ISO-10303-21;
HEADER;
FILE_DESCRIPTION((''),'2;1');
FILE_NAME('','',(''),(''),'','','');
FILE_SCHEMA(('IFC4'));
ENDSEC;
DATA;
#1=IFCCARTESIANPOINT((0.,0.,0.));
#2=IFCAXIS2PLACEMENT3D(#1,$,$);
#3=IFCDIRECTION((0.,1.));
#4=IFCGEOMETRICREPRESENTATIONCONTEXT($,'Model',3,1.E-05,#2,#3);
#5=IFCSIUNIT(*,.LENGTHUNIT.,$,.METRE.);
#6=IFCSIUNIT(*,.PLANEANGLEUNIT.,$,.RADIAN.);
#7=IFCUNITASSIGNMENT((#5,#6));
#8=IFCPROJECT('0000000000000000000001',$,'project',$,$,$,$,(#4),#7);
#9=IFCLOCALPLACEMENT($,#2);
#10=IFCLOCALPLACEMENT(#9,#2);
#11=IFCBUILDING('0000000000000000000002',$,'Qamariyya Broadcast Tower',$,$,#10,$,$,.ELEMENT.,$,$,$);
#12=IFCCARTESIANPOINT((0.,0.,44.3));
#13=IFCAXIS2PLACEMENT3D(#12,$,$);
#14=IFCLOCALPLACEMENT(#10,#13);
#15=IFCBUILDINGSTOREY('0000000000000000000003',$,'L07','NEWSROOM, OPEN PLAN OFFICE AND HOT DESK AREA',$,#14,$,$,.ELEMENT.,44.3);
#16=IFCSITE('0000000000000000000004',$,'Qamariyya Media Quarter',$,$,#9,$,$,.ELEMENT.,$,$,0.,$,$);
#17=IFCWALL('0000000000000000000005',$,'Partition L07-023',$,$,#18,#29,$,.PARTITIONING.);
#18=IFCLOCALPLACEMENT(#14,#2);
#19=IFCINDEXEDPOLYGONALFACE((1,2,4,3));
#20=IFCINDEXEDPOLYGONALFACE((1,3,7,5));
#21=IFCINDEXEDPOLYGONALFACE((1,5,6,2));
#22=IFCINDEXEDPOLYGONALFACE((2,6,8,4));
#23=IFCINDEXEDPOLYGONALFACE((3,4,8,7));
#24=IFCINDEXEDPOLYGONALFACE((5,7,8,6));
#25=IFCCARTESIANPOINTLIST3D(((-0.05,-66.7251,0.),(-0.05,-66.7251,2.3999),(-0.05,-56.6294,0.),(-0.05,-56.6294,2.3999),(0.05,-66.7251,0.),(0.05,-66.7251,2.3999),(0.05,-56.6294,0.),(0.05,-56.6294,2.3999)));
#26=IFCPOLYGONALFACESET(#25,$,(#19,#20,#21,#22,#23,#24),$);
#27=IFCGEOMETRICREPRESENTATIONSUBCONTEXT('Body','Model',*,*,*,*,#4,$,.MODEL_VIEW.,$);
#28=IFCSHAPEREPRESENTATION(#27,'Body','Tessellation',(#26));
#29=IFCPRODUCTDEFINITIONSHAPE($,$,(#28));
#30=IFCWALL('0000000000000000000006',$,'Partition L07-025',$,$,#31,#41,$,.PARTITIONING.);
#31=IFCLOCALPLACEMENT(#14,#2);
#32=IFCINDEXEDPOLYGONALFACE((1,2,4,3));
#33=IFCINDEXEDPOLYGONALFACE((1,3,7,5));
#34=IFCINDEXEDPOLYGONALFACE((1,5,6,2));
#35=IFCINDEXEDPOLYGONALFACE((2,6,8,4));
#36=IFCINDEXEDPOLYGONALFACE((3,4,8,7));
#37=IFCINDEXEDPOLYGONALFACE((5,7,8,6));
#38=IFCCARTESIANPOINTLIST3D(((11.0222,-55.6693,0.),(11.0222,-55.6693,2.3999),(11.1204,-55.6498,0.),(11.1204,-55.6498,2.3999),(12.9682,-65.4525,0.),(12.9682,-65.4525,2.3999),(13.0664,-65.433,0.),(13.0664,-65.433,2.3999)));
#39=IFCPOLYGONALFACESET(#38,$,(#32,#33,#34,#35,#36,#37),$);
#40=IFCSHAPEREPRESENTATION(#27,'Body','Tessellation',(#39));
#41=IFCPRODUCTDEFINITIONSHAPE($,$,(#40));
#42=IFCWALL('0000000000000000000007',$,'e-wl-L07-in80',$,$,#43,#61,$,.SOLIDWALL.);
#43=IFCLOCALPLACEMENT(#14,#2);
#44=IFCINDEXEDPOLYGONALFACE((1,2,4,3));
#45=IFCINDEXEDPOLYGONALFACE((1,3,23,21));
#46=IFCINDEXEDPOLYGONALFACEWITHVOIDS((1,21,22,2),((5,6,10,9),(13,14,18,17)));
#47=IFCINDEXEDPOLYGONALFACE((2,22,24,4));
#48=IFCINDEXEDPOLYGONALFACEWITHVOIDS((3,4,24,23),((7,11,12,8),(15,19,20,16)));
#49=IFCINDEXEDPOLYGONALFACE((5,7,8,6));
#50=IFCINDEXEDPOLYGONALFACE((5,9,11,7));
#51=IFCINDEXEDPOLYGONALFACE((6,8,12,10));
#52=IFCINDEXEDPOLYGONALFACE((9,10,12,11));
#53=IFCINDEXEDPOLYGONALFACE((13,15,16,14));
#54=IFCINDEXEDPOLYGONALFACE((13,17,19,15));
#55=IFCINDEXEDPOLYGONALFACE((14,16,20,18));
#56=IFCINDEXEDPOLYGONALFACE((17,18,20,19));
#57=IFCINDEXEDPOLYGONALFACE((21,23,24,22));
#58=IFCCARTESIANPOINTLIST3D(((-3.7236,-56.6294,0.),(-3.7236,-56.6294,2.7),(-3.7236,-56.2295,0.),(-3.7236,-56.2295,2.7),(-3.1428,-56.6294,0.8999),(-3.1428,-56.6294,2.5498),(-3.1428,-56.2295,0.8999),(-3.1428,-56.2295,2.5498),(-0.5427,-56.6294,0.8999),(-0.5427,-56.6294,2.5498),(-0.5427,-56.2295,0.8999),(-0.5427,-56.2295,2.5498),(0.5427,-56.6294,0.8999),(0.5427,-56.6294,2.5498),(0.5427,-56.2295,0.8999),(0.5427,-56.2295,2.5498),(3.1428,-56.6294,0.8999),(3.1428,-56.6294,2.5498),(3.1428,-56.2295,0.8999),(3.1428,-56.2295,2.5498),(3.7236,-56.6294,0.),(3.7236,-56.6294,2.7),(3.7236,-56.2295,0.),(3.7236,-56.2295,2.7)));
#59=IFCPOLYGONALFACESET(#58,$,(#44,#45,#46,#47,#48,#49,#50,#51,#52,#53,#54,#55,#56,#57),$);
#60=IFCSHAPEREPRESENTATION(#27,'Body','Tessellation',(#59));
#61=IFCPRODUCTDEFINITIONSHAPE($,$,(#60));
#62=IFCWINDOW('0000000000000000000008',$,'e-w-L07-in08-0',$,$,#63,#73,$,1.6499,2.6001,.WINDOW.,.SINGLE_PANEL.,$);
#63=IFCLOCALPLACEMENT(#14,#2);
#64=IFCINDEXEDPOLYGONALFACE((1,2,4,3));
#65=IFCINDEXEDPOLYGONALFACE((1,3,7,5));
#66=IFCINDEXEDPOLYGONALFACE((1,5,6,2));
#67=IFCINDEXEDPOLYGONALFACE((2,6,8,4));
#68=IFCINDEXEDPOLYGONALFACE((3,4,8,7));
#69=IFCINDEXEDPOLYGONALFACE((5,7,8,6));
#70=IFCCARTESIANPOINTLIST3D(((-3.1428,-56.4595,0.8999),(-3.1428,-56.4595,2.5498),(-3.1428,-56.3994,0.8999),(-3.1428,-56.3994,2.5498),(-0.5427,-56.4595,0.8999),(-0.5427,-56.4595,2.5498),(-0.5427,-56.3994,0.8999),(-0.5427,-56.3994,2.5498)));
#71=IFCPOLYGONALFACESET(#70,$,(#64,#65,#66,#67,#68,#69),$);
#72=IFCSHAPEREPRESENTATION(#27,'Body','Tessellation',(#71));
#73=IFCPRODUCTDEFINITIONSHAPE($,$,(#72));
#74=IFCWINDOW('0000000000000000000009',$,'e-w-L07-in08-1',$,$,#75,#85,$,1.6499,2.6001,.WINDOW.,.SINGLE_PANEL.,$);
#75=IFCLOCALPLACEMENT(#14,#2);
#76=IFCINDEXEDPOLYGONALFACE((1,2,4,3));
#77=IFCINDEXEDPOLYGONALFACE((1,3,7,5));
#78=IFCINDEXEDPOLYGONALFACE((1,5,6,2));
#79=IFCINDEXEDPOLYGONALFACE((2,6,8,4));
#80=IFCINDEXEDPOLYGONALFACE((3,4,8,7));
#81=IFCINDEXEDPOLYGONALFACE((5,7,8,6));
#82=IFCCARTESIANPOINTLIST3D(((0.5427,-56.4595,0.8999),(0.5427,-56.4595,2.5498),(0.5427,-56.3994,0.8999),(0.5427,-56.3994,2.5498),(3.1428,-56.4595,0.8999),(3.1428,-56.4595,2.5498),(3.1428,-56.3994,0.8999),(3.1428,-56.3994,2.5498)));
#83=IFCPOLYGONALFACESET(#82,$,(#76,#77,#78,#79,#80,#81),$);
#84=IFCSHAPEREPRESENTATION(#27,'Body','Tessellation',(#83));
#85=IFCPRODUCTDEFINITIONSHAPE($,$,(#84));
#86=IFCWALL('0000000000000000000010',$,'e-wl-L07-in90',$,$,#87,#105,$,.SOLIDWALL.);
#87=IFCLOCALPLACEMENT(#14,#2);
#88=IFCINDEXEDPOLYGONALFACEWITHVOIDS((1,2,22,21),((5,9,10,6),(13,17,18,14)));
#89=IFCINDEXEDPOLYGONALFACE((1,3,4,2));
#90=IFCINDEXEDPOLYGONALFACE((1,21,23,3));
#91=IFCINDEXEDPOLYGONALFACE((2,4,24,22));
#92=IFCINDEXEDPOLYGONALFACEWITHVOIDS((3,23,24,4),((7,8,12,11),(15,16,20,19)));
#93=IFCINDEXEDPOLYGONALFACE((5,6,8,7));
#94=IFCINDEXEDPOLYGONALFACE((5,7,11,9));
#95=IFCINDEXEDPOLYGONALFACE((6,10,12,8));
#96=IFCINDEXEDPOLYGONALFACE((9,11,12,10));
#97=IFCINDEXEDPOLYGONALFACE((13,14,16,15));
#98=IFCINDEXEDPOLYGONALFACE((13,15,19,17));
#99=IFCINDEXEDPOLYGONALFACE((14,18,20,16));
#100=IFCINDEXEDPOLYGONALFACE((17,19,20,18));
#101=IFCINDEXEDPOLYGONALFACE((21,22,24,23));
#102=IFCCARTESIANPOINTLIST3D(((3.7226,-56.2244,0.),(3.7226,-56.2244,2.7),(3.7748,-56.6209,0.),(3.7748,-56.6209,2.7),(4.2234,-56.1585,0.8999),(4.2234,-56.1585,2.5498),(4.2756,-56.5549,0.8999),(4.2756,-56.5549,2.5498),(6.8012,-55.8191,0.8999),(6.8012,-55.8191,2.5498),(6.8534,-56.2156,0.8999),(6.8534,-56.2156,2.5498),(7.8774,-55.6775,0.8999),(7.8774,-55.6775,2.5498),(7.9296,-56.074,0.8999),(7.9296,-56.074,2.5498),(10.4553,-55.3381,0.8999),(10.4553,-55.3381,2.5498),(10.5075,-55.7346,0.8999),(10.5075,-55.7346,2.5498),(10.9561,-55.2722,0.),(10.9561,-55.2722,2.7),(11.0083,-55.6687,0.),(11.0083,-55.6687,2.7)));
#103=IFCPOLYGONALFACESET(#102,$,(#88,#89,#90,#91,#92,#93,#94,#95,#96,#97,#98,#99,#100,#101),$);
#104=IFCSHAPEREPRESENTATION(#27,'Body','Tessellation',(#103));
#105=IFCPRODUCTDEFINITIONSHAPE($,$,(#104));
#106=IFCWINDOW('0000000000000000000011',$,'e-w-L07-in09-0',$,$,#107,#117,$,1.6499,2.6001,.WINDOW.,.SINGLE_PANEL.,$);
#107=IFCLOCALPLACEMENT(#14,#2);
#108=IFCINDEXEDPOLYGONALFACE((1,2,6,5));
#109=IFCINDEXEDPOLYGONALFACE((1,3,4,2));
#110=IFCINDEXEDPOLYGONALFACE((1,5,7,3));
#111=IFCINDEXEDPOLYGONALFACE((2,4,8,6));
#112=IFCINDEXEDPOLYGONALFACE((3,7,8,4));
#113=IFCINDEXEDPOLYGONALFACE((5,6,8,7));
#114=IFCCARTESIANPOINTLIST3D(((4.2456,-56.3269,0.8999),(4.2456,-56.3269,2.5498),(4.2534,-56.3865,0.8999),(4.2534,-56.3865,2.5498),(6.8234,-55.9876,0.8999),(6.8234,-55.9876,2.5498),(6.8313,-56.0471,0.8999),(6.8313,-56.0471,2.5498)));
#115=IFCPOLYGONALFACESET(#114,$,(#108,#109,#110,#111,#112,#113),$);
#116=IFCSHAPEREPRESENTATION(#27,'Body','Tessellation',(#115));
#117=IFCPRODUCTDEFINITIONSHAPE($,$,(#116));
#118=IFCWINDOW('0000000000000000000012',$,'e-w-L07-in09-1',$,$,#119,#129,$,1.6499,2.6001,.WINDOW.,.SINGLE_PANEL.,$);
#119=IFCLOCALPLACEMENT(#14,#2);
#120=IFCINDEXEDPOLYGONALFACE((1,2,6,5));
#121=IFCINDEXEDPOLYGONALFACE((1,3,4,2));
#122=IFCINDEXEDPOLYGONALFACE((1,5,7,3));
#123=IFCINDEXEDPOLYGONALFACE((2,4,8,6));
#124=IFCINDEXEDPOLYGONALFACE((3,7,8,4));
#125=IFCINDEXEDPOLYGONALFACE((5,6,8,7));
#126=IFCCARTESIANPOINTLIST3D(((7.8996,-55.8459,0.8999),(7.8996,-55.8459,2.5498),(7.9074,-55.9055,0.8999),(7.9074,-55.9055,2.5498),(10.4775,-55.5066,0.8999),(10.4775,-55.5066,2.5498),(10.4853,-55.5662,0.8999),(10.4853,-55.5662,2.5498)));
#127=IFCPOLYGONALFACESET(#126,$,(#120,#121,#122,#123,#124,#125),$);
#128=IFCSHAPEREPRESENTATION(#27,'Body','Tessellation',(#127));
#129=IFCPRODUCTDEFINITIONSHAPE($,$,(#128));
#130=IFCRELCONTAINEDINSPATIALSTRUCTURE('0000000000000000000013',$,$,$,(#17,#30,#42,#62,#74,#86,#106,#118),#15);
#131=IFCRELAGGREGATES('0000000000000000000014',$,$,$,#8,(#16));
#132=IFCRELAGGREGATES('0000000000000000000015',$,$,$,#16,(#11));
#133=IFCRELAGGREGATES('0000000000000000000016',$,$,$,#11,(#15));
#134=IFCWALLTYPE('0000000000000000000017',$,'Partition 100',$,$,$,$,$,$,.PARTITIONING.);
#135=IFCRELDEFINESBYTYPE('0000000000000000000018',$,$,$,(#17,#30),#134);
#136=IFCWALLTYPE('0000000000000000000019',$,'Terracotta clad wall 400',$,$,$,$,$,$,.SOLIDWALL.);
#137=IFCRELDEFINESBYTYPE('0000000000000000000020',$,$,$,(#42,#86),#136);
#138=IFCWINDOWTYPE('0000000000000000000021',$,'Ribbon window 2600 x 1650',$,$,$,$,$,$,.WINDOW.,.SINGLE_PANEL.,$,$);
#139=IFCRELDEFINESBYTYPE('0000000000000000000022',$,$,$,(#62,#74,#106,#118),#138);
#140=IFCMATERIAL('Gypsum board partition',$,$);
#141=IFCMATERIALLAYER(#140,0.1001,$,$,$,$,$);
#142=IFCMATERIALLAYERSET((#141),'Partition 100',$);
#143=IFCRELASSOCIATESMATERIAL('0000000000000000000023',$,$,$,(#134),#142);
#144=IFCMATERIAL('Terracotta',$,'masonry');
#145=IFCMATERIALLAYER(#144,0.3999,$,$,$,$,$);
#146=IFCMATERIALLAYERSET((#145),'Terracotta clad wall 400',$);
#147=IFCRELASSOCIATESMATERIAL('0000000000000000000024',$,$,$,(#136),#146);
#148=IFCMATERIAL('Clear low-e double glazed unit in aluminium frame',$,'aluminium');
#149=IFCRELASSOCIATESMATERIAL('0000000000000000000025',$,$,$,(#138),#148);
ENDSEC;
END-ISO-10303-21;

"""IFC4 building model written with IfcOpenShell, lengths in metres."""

from ifc_helpers import new_model, si_unit, direction, frame, frame_2d, origin, place, context, subcontext, project, spatial, rectangle, extrude, material, layer, layer_set, type_object, element, fill, save


model = new_model("IFC4")

# Units and contexts
model_context = context("Model", 3, precision=1e-05, world=origin(), true_north=direction((0.0, 1.0)))
body_context = subcontext(model_context, "Body", "Model", "MODEL_VIEW")
ifc_project = project(units=[si_unit("LENGTHUNIT", "METRE"), si_unit("PLANEANGLEUNIT", "RADIAN")], contexts=[model_context])

# Site, building, storey
site_placement = place(None, origin())
site = spatial("IfcSite", under=ifc_project, at=site_placement, Name="Qamariyya Media Quarter", CompositionType="ELEMENT", RefElevation=0.0)
building_placement = place(site_placement, origin())
building = spatial("IfcBuilding", under=site, at=building_placement, Name="Qamariyya Broadcast Tower", CompositionType="ELEMENT")
storey_placement = place(building_placement, frame((0.0, 0.0, 44.3)))
storey = spatial("IfcBuildingStorey", under=building, at=storey_placement, Name="L07", Description="NEWSROOM, OPEN PLAN OFFICE AND HOT DESK AREA", CompositionType="ELEMENT", Elevation=44.3)

# Shared definitions
ifc_material_1 = material(Name="Gypsum board partition")

# Walls
ifc_layer_1 = layer(ifc_material_1, 0.1001)
ifc_layer_set_1 = layer_set([ifc_layer_1], Name="Partition 100")
wall_type_1 = type_object("IfcWallType", Name="Partition 100", PredefinedType="PARTITIONING", material=ifc_layer_set_1)
wall_1_placement = place(storey_placement, frame((0.0, -56.6294, 0.0), z_axis=(0.0, 0.0, 1.0), x_axis=(0.0, -1.0, 0.0)))
element("IfcWall", 1, at=wall_1_placement, inside=storey, type_object=wall_type_1, Name="Partition L07-023", PredefinedType="PARTITIONING", context=body_context, shape_type="SweptSolid", body=[
    extrude(rectangle(XDim=10.0957, YDim=0.1001, at=frame_2d((5.0479, 0.0))), origin(), (0.0, 0.0, 1.0), 2.3999),
])
wall_2_placement = place(storey_placement, frame((11.0713, -55.6597, 0.0), z_axis=(0.0, 0.0, 1.0), x_axis=(0.195095, -0.980784, 0.0)))
element("IfcWall", 2, at=wall_2_placement, inside=storey, type_object=wall_type_1, Name="Partition L07-025", PredefinedType="PARTITIONING", context=body_context, shape_type="SweptSolid", body=[
    extrude(rectangle(XDim=9.9749, YDim=0.1001, at=frame_2d((4.9873, 0.0))), origin(), (0.0, 0.0, 1.0), 2.3999),
])

# Walls, openings, windows
ifc_material_2 = material(Name="Terracotta", Category="masonry")
ifc_layer_2 = layer(ifc_material_2, 0.3999)
ifc_layer_set_2 = layer_set([ifc_layer_2], Name="Terracotta clad wall 400")
wall_type_2 = type_object("IfcWallType", Name="Terracotta clad wall 400", PredefinedType="SOLIDWALL", material=ifc_layer_set_2)
wall_3_placement = place(storey_placement, frame((3.7236, -56.4294, 0.0), z_axis=(0.0, 0.0, 1.0), x_axis=(-1.0, 0.0, 0.0)))
wall_3 = element("IfcWall", 3, at=wall_3_placement, inside=storey, type_object=wall_type_2, Name="e-wl-L07-in80", PredefinedType="SOLIDWALL", context=body_context, shape_type="SweptSolid", body=[
    extrude(rectangle(XDim=7.4473, YDim=0.3999, at=frame_2d((3.7236, 0.0))), origin(), (0.0, 0.0, 1.0), 2.7),
])
opening_1_placement = place(wall_3_placement, frame((4.2664, 0.0, 0.8999)))
opening_1 = element("IfcOpeningElement", 4, at=opening_1_placement, cuts=wall_3, PredefinedType="OPENING", context=body_context, shape_type="SweptSolid", body=[
    extrude(rectangle(XDim=2.6001, YDim=1.6499, at=frame_2d((1.3, 0.825))), frame((0.0, 0.21, 0.0), z_axis=(0.0, -1.0, 0.0), x_axis=(1.0, 0.0, 0.0)), (0.0, 0.0, 1.0), 0.4199),
])
opening_2_placement = place(wall_3_placement, frame((0.5808, 0.0, 0.8999)))
opening_2 = element("IfcOpeningElement", 5, at=opening_2_placement, cuts=wall_3, PredefinedType="OPENING", context=body_context, shape_type="SweptSolid", body=[
    extrude(rectangle(XDim=2.6001, YDim=1.6499, at=frame_2d((1.3, 0.825))), frame((0.0, 0.21, 0.0), z_axis=(0.0, -1.0, 0.0), x_axis=(1.0, 0.0, 0.0)), (0.0, 0.0, 1.0), 0.4199),
])
ifc_material_3 = material(Name="Clear low-e double glazed unit in aluminium frame", Category="aluminium")
window_type = type_object("IfcWindowType", Name="Ribbon window 2600 x 1650", PartitioningType="SINGLE_PANEL", PredefinedType="WINDOW", material=ifc_material_3)
window_1_placement = place(opening_1_placement, origin())
window_1 = element("IfcWindow", 6, at=window_1_placement, inside=storey, type_object=window_type, Name="e-w-L07-in08-0", OverallHeight=1.6499, OverallWidth=2.6001, PartitioningType="SINGLE_PANEL", PredefinedType="WINDOW", context=body_context, shape_type="SweptSolid", body=[
    extrude(rectangle(XDim=2.6001, YDim=1.6499, at=frame_2d((1.3, 0.825))), frame((0.0, 0.03, 0.0), z_axis=(0.0, -1.0, 0.0), x_axis=(1.0, 0.0, 0.0)), (0.0, 0.0, 1.0), 0.0601),
])
fill(opening_1, window_1)
window_2_placement = place(opening_2_placement, origin())
window_2 = element("IfcWindow", 7, at=window_2_placement, inside=storey, type_object=window_type, Name="e-w-L07-in08-1", OverallHeight=1.6499, OverallWidth=2.6001, PartitioningType="SINGLE_PANEL", PredefinedType="WINDOW", context=body_context, shape_type="SweptSolid", body=[
    extrude(rectangle(XDim=2.6001, YDim=1.6499, at=frame_2d((1.3, 0.825))), frame((0.0, 0.03, 0.0), z_axis=(0.0, -1.0, 0.0), x_axis=(1.0, 0.0, 0.0)), (0.0, 0.0, 1.0), 0.0601),
])
fill(opening_2, window_2)
wall_4_placement = place(storey_placement, frame((10.9822, -55.4705, 0.0), z_axis=(0.0, 0.0, 1.0), x_axis=(-0.991447, -0.130506, 0.0)))
wall_4 = element("IfcWall", 8, at=wall_4_placement, inside=storey, type_object=wall_type_2, Name="e-wl-L07-in90", PredefinedType="SOLIDWALL", context=body_context, shape_type="SweptSolid", body=[
    extrude(rectangle(XDim=7.2959, YDim=0.3999, at=frame_2d((3.6479, 0.0))), origin(), (0.0, 0.0, 1.0), 2.7),
])
opening_3_placement = place(wall_4_placement, frame((4.1907, 0.0, 0.8999)))
opening_3 = element("IfcOpeningElement", 9, at=opening_3_placement, cuts=wall_4, PredefinedType="OPENING", context=body_context, shape_type="SweptSolid", body=[
    extrude(rectangle(XDim=2.6001, YDim=1.6499, at=frame_2d((1.3, 0.825))), frame((0.0, 0.21, 0.0), z_axis=(0.0, -1.0, 0.0), x_axis=(1.0, 0.0, 0.0)), (0.0, 0.0, 1.0), 0.4199),
])
opening_4_placement = place(wall_4_placement, frame((0.5051, 0.0, 0.8999)))
opening_4 = element("IfcOpeningElement", 10, at=opening_4_placement, cuts=wall_4, PredefinedType="OPENING", context=body_context, shape_type="SweptSolid", body=[
    extrude(rectangle(XDim=2.6001, YDim=1.6499, at=frame_2d((1.3, 0.825))), frame((0.0, 0.21, 0.0), z_axis=(0.0, -1.0, 0.0), x_axis=(1.0, 0.0, 0.0)), (0.0, 0.0, 1.0), 0.4199),
])
window_3_placement = place(opening_3_placement, origin())
window_3 = element("IfcWindow", 11, at=window_3_placement, inside=storey, type_object=window_type, Name="e-w-L07-in09-0", OverallHeight=1.6499, OverallWidth=2.6001, PartitioningType="SINGLE_PANEL", PredefinedType="WINDOW", context=body_context, shape_type="SweptSolid", body=[
    extrude(rectangle(XDim=2.6001, YDim=1.6499, at=frame_2d((1.3, 0.825))), frame((0.0, 0.03, 0.0), z_axis=(0.0, -1.0, 0.0), x_axis=(1.0, 0.0, 0.0)), (0.0, 0.0, 1.0), 0.0601),
])
fill(opening_3, window_3)
window_4_placement = place(opening_4_placement, origin())
window_4 = element("IfcWindow", 12, at=window_4_placement, inside=storey, type_object=window_type, Name="e-w-L07-in09-1", OverallHeight=1.6499, OverallWidth=2.6001, PartitioningType="SINGLE_PANEL", PredefinedType="WINDOW", context=body_context, shape_type="SweptSolid", body=[
    extrude(rectangle(XDim=2.6001, YDim=1.6499, at=frame_2d((1.3, 0.825))), frame((0.0, 0.03, 0.0), z_axis=(0.0, -1.0, 0.0), x_axis=(1.0, 0.0, 0.0)), (0.0, 0.0, 1.0), 0.0601),
])
fill(opening_4, window_4)

save(model, "model.ifc")
